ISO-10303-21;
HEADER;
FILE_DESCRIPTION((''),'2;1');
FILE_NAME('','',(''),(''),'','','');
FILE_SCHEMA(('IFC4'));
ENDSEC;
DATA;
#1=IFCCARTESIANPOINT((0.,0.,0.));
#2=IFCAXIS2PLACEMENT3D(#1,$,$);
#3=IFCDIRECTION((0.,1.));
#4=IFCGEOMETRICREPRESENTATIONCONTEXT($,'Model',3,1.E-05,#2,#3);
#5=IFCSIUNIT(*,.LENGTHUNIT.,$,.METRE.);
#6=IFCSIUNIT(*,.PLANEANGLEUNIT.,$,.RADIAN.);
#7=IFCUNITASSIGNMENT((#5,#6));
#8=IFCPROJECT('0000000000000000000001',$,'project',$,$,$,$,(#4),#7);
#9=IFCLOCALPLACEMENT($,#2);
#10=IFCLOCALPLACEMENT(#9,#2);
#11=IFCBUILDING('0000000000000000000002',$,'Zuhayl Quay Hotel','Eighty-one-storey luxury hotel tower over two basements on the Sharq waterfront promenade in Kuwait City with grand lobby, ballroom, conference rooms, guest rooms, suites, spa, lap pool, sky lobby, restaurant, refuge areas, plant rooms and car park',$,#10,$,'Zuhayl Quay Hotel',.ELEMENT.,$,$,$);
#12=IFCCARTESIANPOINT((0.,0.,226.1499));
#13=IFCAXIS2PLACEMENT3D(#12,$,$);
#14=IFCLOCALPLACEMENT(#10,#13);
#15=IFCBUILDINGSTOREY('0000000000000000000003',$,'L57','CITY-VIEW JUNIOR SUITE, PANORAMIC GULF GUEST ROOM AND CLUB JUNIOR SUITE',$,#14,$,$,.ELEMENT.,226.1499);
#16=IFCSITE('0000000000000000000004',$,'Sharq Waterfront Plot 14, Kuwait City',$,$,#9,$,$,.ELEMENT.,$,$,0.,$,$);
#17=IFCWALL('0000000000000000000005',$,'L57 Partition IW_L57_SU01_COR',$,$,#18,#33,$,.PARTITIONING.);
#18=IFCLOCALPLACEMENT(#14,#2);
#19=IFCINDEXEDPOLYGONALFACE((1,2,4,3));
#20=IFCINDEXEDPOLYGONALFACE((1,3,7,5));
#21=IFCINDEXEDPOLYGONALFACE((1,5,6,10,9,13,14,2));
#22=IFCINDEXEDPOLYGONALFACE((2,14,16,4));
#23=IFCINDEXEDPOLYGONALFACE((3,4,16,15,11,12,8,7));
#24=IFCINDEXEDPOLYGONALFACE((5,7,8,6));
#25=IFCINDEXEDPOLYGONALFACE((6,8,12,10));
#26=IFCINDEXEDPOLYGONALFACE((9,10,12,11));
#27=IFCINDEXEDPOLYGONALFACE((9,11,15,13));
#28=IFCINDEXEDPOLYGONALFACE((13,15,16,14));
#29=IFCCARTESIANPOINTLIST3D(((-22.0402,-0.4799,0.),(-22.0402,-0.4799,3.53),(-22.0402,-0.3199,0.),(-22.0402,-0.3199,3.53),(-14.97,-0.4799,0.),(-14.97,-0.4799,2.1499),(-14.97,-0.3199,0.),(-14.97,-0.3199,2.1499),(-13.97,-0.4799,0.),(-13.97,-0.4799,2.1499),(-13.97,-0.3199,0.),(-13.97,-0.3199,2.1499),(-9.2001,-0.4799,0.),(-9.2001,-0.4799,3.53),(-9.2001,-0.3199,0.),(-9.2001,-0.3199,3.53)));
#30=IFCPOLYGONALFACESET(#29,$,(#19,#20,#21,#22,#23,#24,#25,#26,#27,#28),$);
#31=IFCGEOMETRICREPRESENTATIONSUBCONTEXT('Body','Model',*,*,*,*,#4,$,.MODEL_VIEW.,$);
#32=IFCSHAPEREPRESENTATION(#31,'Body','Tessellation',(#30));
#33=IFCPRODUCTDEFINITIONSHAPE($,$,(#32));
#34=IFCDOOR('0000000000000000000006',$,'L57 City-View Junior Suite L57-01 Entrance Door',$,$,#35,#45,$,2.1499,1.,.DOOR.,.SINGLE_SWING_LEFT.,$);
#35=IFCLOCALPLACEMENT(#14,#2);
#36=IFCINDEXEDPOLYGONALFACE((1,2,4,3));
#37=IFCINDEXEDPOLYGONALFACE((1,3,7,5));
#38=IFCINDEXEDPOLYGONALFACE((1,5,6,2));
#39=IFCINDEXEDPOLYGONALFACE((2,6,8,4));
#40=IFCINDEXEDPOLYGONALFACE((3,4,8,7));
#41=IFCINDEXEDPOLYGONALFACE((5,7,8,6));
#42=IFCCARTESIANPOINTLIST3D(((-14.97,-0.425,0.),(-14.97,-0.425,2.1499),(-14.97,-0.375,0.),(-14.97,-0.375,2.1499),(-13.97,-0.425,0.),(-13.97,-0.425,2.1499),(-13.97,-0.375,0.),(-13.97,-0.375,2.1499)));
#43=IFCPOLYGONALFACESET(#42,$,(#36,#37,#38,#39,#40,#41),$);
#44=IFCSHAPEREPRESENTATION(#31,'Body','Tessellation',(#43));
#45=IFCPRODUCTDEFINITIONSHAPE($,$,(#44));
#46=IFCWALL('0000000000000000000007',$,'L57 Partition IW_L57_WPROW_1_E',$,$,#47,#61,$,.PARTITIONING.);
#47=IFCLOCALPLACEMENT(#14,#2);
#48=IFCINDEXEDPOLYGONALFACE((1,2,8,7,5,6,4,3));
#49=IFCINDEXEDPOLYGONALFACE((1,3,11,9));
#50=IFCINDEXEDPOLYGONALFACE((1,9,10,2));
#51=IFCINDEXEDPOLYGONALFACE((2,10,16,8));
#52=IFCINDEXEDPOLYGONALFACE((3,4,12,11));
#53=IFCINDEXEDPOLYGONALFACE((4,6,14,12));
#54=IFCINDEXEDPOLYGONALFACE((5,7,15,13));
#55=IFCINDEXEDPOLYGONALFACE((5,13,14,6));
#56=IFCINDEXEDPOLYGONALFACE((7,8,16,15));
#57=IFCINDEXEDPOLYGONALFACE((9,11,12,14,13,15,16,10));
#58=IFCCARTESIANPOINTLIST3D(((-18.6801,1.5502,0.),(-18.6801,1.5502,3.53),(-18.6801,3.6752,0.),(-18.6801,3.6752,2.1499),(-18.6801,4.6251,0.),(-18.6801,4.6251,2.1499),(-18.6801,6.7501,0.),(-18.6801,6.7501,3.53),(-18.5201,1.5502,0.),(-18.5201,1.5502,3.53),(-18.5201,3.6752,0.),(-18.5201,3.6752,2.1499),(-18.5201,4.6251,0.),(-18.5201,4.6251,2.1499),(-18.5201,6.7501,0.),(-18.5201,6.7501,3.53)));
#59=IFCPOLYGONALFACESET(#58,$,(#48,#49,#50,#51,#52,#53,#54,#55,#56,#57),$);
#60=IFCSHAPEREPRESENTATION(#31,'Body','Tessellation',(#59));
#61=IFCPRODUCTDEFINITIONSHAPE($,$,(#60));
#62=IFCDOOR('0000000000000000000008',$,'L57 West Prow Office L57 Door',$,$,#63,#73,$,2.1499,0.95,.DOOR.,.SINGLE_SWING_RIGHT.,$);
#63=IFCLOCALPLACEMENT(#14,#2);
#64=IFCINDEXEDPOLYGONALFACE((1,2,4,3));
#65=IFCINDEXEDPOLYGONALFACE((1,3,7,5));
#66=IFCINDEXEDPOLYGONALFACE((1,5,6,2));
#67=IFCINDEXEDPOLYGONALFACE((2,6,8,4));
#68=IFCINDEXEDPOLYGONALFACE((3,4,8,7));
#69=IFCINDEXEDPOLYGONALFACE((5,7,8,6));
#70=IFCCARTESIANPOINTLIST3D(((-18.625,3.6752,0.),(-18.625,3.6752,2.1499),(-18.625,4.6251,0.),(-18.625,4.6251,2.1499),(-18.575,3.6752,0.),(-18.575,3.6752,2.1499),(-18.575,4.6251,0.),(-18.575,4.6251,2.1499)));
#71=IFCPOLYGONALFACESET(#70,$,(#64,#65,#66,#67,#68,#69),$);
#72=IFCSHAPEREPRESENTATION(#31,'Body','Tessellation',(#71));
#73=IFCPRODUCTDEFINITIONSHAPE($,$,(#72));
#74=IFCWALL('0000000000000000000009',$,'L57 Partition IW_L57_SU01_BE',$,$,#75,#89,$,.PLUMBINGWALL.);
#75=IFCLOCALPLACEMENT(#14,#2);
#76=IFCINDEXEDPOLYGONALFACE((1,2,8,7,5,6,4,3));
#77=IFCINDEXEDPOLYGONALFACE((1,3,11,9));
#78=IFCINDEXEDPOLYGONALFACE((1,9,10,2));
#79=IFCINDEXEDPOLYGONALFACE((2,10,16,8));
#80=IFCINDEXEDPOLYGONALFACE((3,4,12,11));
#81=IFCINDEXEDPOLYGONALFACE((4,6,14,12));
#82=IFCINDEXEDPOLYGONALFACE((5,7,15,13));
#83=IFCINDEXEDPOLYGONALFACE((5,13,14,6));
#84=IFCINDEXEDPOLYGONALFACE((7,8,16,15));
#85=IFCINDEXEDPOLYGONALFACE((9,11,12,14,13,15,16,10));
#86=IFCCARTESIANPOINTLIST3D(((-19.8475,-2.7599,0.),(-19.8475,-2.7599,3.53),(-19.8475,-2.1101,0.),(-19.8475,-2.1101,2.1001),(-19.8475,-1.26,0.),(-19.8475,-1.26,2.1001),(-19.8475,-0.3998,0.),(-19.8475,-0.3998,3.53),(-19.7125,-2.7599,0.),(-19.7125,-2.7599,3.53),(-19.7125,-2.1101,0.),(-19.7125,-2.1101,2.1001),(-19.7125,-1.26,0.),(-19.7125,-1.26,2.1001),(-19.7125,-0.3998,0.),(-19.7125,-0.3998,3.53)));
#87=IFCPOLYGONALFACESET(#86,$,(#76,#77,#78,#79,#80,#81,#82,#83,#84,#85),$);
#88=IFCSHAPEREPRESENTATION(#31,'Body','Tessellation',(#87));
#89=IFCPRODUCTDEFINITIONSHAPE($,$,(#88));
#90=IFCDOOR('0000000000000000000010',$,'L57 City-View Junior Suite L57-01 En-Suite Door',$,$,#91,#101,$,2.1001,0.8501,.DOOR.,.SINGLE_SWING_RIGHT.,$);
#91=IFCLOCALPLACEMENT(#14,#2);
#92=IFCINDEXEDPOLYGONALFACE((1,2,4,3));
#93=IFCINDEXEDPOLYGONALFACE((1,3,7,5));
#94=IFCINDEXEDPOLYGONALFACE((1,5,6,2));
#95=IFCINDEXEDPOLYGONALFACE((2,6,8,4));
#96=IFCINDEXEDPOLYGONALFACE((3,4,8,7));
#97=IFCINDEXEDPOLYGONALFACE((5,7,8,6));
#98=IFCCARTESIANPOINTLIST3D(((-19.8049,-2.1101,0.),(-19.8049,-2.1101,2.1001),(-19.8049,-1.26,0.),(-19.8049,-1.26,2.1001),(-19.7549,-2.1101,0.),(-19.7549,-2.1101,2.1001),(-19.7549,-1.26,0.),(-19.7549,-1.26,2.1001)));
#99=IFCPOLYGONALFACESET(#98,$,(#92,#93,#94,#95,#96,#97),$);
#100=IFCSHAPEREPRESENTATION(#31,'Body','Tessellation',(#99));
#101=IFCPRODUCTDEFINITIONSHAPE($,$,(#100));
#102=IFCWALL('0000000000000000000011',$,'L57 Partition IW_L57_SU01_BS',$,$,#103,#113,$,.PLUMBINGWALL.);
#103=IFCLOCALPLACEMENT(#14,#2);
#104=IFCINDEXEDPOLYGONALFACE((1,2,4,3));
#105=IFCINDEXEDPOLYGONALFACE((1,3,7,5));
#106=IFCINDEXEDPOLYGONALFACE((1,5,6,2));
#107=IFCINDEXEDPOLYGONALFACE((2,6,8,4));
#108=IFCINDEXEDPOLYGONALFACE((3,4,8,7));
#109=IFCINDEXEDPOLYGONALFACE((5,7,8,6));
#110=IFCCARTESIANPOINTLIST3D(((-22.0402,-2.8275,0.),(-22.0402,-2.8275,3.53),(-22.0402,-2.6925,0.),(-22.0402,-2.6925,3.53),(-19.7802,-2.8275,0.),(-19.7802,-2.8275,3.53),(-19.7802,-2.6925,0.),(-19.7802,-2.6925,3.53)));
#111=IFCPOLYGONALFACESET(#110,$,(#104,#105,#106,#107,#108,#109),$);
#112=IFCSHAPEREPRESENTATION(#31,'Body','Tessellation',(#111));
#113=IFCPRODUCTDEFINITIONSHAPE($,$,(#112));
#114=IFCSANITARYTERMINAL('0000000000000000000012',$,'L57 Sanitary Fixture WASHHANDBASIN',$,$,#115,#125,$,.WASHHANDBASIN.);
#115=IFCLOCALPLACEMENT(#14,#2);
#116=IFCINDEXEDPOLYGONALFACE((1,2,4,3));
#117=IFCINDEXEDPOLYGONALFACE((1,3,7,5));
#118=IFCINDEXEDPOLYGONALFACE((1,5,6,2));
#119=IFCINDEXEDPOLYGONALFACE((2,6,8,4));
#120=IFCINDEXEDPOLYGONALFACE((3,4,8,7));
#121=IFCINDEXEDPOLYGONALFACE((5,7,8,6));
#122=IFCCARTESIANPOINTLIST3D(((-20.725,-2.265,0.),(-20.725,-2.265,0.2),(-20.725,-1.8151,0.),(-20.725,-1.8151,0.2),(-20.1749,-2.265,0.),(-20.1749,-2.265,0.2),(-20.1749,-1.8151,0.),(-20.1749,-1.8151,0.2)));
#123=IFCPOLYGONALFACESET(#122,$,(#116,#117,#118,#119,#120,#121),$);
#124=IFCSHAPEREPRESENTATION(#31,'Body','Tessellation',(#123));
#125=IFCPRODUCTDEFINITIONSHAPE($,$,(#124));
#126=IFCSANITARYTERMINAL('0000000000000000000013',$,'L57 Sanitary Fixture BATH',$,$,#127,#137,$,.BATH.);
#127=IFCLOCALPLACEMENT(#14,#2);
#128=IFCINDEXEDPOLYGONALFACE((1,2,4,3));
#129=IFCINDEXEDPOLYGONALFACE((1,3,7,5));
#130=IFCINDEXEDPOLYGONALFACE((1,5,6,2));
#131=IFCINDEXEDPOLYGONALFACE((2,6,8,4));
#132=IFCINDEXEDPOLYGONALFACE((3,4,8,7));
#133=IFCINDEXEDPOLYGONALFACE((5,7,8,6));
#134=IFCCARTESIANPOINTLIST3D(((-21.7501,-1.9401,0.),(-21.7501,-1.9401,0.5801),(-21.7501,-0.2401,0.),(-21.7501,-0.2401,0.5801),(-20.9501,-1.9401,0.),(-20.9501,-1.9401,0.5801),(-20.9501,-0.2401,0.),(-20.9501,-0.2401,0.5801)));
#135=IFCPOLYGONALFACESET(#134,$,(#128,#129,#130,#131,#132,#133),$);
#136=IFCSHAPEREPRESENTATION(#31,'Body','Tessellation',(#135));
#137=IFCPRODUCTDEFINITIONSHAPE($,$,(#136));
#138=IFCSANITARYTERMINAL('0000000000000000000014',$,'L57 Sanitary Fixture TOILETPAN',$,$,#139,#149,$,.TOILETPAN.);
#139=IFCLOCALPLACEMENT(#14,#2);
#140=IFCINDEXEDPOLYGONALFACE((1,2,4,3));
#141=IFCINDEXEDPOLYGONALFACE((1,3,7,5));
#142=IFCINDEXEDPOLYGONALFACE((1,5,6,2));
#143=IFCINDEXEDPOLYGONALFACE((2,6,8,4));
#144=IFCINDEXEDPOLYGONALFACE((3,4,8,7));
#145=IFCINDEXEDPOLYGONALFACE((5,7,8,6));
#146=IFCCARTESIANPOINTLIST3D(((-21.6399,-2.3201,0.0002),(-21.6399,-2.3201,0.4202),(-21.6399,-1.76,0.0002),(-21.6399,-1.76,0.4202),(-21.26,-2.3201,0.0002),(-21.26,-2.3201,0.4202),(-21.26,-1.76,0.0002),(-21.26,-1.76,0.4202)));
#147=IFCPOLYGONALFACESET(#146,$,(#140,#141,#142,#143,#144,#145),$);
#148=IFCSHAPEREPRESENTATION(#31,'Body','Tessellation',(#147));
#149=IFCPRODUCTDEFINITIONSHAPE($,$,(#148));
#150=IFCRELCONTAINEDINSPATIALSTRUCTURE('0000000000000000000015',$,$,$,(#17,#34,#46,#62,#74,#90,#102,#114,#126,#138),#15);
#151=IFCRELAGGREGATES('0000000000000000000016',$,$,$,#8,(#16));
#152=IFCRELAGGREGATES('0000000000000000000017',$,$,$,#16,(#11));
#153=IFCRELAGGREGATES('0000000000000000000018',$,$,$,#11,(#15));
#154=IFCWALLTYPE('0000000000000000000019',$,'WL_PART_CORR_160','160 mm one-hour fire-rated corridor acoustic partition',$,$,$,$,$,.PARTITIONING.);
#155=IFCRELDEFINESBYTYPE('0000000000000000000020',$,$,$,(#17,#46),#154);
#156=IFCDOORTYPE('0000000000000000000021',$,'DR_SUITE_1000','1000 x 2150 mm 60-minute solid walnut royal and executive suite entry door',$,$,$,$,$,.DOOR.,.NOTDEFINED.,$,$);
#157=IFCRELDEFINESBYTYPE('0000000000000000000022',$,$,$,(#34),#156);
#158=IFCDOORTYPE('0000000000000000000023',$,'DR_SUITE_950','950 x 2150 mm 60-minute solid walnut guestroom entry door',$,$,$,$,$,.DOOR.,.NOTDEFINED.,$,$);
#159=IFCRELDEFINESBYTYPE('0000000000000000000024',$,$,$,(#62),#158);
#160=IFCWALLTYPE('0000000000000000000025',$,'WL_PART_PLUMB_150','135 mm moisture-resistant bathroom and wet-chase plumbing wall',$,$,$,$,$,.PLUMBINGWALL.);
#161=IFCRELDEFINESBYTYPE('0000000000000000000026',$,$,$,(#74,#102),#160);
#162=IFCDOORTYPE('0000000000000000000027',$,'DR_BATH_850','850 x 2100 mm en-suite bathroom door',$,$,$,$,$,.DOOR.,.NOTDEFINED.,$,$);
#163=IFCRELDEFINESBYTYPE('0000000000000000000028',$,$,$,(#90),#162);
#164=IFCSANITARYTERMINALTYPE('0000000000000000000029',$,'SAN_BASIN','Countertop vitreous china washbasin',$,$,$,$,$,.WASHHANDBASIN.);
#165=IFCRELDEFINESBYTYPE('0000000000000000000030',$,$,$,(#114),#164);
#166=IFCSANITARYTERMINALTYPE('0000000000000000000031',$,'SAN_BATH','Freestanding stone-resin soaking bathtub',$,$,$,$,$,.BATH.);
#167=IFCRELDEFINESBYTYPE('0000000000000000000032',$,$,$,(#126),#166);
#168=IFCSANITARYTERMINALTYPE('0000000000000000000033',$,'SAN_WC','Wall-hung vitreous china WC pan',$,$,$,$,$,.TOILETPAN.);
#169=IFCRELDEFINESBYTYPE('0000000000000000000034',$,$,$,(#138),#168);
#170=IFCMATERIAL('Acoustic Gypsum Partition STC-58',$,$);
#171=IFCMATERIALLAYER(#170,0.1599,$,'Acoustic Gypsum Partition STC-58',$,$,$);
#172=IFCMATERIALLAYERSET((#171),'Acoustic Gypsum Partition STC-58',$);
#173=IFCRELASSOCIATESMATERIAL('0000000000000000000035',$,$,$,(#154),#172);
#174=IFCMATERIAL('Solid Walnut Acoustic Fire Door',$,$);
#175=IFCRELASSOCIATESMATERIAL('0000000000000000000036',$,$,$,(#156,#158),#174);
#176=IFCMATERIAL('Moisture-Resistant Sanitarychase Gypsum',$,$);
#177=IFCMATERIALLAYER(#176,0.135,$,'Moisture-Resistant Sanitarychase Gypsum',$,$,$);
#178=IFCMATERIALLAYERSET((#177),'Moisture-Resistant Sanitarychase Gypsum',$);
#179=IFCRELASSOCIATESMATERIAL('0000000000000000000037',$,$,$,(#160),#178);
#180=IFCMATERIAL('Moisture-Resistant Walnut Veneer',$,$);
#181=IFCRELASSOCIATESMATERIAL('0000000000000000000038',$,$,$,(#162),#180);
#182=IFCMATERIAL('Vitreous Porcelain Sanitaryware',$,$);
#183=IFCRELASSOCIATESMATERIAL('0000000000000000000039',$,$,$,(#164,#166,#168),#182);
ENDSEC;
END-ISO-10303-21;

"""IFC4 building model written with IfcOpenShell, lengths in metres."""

from ifc_helpers import new_model, si_unit, direction, frame, frame_2d, origin, origin_2d, place, context, subcontext, project, spatial, rectangle, extrude, material, layer, layer_set, type_object, element, fill, save


model = new_model("IFC4")

# Units and contexts
model_context = context("Model", 3, precision=1e-05, world=origin(), true_north=direction((0.0, 1.0)))
body_context = subcontext(model_context, "Body", "Model", "MODEL_VIEW")
ifc_project = project(units=[si_unit("LENGTHUNIT", "METRE"), si_unit("PLANEANGLEUNIT", "RADIAN")], contexts=[model_context])

# Site, building, storey
site_placement = place(None, origin())
site = spatial("IfcSite", under=ifc_project, at=site_placement, Name="Sharq Waterfront Plot 14, Kuwait City", CompositionType="ELEMENT", RefElevation=0.0)
building_placement = place(site_placement, origin())
building = spatial("IfcBuilding", under=site, at=building_placement, Name="Zuhayl Quay Hotel", Description="Eighty-one-storey luxury hotel tower over two basements on the Sharq waterfront promenade in Kuwait City with grand lobby, ballroom, conference rooms, guest rooms, suites, spa, lap pool, sky lobby, restaurant, refuge areas, plant rooms and car park", LongName="Zuhayl Quay Hotel", CompositionType="ELEMENT")
storey_placement = place(building_placement, frame((0.0, 0.0, 226.1499)))
storey = spatial("IfcBuildingStorey", under=building, at=storey_placement, Name="L57", Description="CITY-VIEW JUNIOR SUITE, PANORAMIC GULF GUEST ROOM AND CLUB JUNIOR SUITE", CompositionType="ELEMENT", Elevation=226.1499)

# Shared definitions
ifc_material_1 = material(Name="Acoustic Gypsum Partition STC-58")

# Walls, openings, doors
ifc_layer_1 = layer(ifc_material_1, 0.1599, Name="Acoustic Gypsum Partition STC-58")
ifc_layer_set_1 = layer_set([ifc_layer_1], Name="Acoustic Gypsum Partition STC-58")
wall_type_1 = type_object("IfcWallType", Name="WL_PART_CORR_160", Description="160 mm one-hour fire-rated corridor acoustic partition", PredefinedType="PARTITIONING", material=ifc_layer_set_1)
wall_1_placement = place(storey_placement, frame((-22.04, -0.3999, 0.0), z_axis=(0.0, 0.0, 1.0), x_axis=(1.0, 0.0, 0.0)))
wall_1 = element("IfcWall", 1, at=wall_1_placement, inside=storey, type_object=wall_type_1, Name="L57 Partition IW_L57_SU01_COR", PredefinedType="PARTITIONING", context=body_context, shape_type="SweptSolid", body=[
    extrude(rectangle(XDim=12.8401, YDim=0.1599, at=frame_2d((6.4199, 0.0))), origin(), (0.0, 0.0, 1.0), 3.53),
])
opening_1_placement = place(wall_1_placement, frame((7.0701, 0.0, 0.0)))
opening_1 = element("IfcOpeningElement", 2, at=opening_1_placement, cuts=wall_1, PredefinedType="OPENING", context=body_context, shape_type="SweptSolid", body=[
    extrude(rectangle(XDim=1.0, YDim=2.1499, at=frame_2d((0.5, 1.075))), frame((0.0, 0.0898, 0.0), z_axis=(0.0, -1.0, 0.0), x_axis=(1.0, 0.0, 0.0)), (0.0, 0.0, 1.0), 0.1799),
])
ifc_material_2 = material(Name="Solid Walnut Acoustic Fire Door")
door_type_1 = type_object("IfcDoorType", Name="DR_SUITE_1000", Description="1000 x 2150 mm 60-minute solid walnut royal and executive suite entry door", OperationType="NOTDEFINED", PredefinedType="DOOR", material=ifc_material_2)
door_1_placement = place(opening_1_placement, origin())
door_1 = element("IfcDoor", 3, at=door_1_placement, inside=storey, type_object=door_type_1, Name="L57 City-View Junior Suite L57-01 Entrance Door", OperationType="SINGLE_SWING_LEFT", OverallHeight=2.1499, OverallWidth=1.0, PredefinedType="DOOR", context=body_context, shape_type="SweptSolid", body=[
    extrude(rectangle(XDim=1.0, YDim=2.1499, at=frame_2d((0.5, 1.075))), frame((0.0, 0.0249, 0.0), z_axis=(0.0, -1.0, 0.0), x_axis=(1.0, 0.0, 0.0)), (0.0, 0.0, 1.0), 0.05),
])
fill(opening_1, door_1)
wall_2_placement = place(storey_placement, frame((-18.6001, 1.55, 0.0), z_axis=(0.0, 0.0, 1.0), x_axis=(0.0, 1.0, 0.0)))
wall_2 = element("IfcWall", 4, at=wall_2_placement, inside=storey, type_object=wall_type_1, Name="L57 Partition IW_L57_WPROW_1_E", PredefinedType="PARTITIONING", context=body_context, shape_type="SweptSolid", body=[
    extrude(rectangle(XDim=5.2, YDim=0.1599, at=frame_2d((2.6001, 0.0))), origin(), (0.0, 0.0, 1.0), 3.53),
])
opening_2_placement = place(wall_2_placement, frame((2.125, 0.0, 0.0)))
opening_2 = element("IfcOpeningElement", 5, at=opening_2_placement, cuts=wall_2, PredefinedType="OPENING", context=body_context, shape_type="SweptSolid", body=[
    extrude(rectangle(XDim=0.95, YDim=2.1499, at=frame_2d((0.4751, 1.075))), frame((0.0, 0.0898, 0.0), z_axis=(0.0, -1.0, 0.0), x_axis=(1.0, 0.0, 0.0)), (0.0, 0.0, 1.0), 0.1799),
])
door_type_2 = type_object("IfcDoorType", Name="DR_SUITE_950", Description="950 x 2150 mm 60-minute solid walnut guestroom entry door", OperationType="NOTDEFINED", PredefinedType="DOOR", material=ifc_material_2)
door_2_placement = place(opening_2_placement, origin())
door_2 = element("IfcDoor", 6, at=door_2_placement, inside=storey, type_object=door_type_2, Name="L57 West Prow Office L57 Door", OperationType="SINGLE_SWING_RIGHT", OverallHeight=2.1499, OverallWidth=0.95, PredefinedType="DOOR", context=body_context, shape_type="SweptSolid", body=[
    extrude(rectangle(XDim=0.95, YDim=2.1499, at=frame_2d((0.4751, 1.075))), frame((0.0, 0.0249, 0.0), z_axis=(0.0, -1.0, 0.0), x_axis=(1.0, 0.0, 0.0)), (0.0, 0.0, 1.0), 0.05),
])
fill(opening_2, door_2)
ifc_material_3 = material(Name="Moisture-Resistant Sanitarychase Gypsum")
ifc_layer_2 = layer(ifc_material_3, 0.135, Name="Moisture-Resistant Sanitarychase Gypsum")
ifc_layer_set_2 = layer_set([ifc_layer_2], Name="Moisture-Resistant Sanitarychase Gypsum")
wall_type_2 = type_object("IfcWallType", Name="WL_PART_PLUMB_150", Description="135 mm moisture-resistant bathroom and wet-chase plumbing wall", PredefinedType="PLUMBINGWALL", material=ifc_layer_set_2)
wall_3_placement = place(storey_placement, frame((-19.78, -2.76, 0.0), z_axis=(0.0, 0.0, 1.0), x_axis=(0.0, 1.0, 0.0)))
wall_3 = element("IfcWall", 7, at=wall_3_placement, inside=storey, type_object=wall_type_2, Name="L57 Partition IW_L57_SU01_BE", PredefinedType="PLUMBINGWALL", context=body_context, shape_type="SweptSolid", body=[
    extrude(rectangle(XDim=2.3601, YDim=0.135, at=frame_2d((1.1802, 0.0))), origin(), (0.0, 0.0, 1.0), 3.53),
])
opening_3_placement = place(wall_3_placement, frame((0.6499, 0.0, 0.0)))
opening_3 = element("IfcOpeningElement", 8, at=opening_3_placement, cuts=wall_3, PredefinedType="OPENING", context=body_context, shape_type="SweptSolid", body=[
    extrude(rectangle(XDim=0.8501, YDim=2.1001, at=frame_2d((0.425, 1.05))), frame((0.0, 0.0774, 0.0), z_axis=(0.0, -1.0, 0.0), x_axis=(1.0, 0.0, 0.0)), (0.0, 0.0, 1.0), 0.155),
])
ifc_material_4 = material(Name="Moisture-Resistant Walnut Veneer")
door_type_3 = type_object("IfcDoorType", Name="DR_BATH_850", Description="850 x 2100 mm en-suite bathroom door", OperationType="NOTDEFINED", PredefinedType="DOOR", material=ifc_material_4)
door_3_placement = place(opening_3_placement, origin())
door_3 = element("IfcDoor", 9, at=door_3_placement, inside=storey, type_object=door_type_3, Name="L57 City-View Junior Suite L57-01 En-Suite Door", OperationType="SINGLE_SWING_RIGHT", OverallHeight=2.1001, OverallWidth=0.8501, PredefinedType="DOOR", context=body_context, shape_type="SweptSolid", body=[
    extrude(rectangle(XDim=0.8501, YDim=2.1001, at=frame_2d((0.425, 1.05))), frame((0.0, 0.0249, 0.0), z_axis=(0.0, -1.0, 0.0), x_axis=(1.0, 0.0, 0.0)), (0.0, 0.0, 1.0), 0.05),
])
fill(opening_3, door_3)

# Wall
wall_4_placement = place(storey_placement, frame((-22.04, -2.76, 0.0), z_axis=(0.0, 0.0, 1.0), x_axis=(1.0, 0.0, 0.0)))
element("IfcWall", 10, at=wall_4_placement, inside=storey, type_object=wall_type_2, Name="L57 Partition IW_L57_SU01_BS", PredefinedType="PLUMBINGWALL", context=body_context, shape_type="SweptSolid", body=[
    extrude(rectangle(XDim=2.26, YDim=0.135, at=frame_2d((1.1299, 0.0))), origin(), (0.0, 0.0, 1.0), 3.53),
])

# Sanitary terminals
ifc_material_5 = material(Name="Vitreous Porcelain Sanitaryware")
sanitary_terminal_type_1 = type_object("IfcSanitaryTerminalType", Name="SAN_BASIN", Description="Countertop vitreous china washbasin", PredefinedType="WASHHANDBASIN", material=ifc_material_5)
sanitary_terminal_1_placement = place(storey_placement, frame((-20.45, -2.04, 0.0), z_axis=(0.0, 0.0, 1.0), x_axis=(1.0, 0.0, 0.0)))
element("IfcSanitaryTerminal", 11, at=sanitary_terminal_1_placement, inside=storey, type_object=sanitary_terminal_type_1, Name="L57 Sanitary Fixture WASHHANDBASIN", PredefinedType="WASHHANDBASIN", context=body_context, shape_type="SweptSolid", body=[
    extrude(rectangle(XDim=0.55, YDim=0.45, at=origin_2d()), origin(), (0.0, 0.0, 1.0), 0.2),
])
sanitary_terminal_type_2 = type_object("IfcSanitaryTerminalType", Name="SAN_BATH", Description="Freestanding stone-resin soaking bathtub", PredefinedType="BATH", material=ifc_material_5)
sanitary_terminal_2_placement = place(storey_placement, frame((-21.3501, -1.0901, 0.0), z_axis=(0.0, 0.0, 1.0), x_axis=(1.0, 0.0, 0.0)))
element("IfcSanitaryTerminal", 12, at=sanitary_terminal_2_placement, inside=storey, type_object=sanitary_terminal_type_2, Name="L57 Sanitary Fixture BATH", PredefinedType="BATH", context=body_context, shape_type="SweptSolid", body=[
    extrude(rectangle(XDim=0.8, YDim=1.7, at=origin_2d()), origin(), (0.0, 0.0, 1.0), 0.5801),
])
sanitary_terminal_type_3 = type_object("IfcSanitaryTerminalType", Name="SAN_WC", Description="Wall-hung vitreous china WC pan", PredefinedType="TOILETPAN", material=ifc_material_5)
sanitary_terminal_3_placement = place(storey_placement, frame((-21.45, -2.04, 0.0002), z_axis=(0.0, 0.0, 1.0), x_axis=(1.0, 0.0, 0.0)))
element("IfcSanitaryTerminal", 13, at=sanitary_terminal_3_placement, inside=storey, type_object=sanitary_terminal_type_3, Name="L57 Sanitary Fixture TOILETPAN", PredefinedType="TOILETPAN", context=body_context, shape_type="SweptSolid", body=[
    extrude(rectangle(XDim=0.3799, YDim=0.5601, at=origin_2d()), origin(), (0.0, 0.0, 1.0), 0.4199),
])

save(model, "model.ifc")
